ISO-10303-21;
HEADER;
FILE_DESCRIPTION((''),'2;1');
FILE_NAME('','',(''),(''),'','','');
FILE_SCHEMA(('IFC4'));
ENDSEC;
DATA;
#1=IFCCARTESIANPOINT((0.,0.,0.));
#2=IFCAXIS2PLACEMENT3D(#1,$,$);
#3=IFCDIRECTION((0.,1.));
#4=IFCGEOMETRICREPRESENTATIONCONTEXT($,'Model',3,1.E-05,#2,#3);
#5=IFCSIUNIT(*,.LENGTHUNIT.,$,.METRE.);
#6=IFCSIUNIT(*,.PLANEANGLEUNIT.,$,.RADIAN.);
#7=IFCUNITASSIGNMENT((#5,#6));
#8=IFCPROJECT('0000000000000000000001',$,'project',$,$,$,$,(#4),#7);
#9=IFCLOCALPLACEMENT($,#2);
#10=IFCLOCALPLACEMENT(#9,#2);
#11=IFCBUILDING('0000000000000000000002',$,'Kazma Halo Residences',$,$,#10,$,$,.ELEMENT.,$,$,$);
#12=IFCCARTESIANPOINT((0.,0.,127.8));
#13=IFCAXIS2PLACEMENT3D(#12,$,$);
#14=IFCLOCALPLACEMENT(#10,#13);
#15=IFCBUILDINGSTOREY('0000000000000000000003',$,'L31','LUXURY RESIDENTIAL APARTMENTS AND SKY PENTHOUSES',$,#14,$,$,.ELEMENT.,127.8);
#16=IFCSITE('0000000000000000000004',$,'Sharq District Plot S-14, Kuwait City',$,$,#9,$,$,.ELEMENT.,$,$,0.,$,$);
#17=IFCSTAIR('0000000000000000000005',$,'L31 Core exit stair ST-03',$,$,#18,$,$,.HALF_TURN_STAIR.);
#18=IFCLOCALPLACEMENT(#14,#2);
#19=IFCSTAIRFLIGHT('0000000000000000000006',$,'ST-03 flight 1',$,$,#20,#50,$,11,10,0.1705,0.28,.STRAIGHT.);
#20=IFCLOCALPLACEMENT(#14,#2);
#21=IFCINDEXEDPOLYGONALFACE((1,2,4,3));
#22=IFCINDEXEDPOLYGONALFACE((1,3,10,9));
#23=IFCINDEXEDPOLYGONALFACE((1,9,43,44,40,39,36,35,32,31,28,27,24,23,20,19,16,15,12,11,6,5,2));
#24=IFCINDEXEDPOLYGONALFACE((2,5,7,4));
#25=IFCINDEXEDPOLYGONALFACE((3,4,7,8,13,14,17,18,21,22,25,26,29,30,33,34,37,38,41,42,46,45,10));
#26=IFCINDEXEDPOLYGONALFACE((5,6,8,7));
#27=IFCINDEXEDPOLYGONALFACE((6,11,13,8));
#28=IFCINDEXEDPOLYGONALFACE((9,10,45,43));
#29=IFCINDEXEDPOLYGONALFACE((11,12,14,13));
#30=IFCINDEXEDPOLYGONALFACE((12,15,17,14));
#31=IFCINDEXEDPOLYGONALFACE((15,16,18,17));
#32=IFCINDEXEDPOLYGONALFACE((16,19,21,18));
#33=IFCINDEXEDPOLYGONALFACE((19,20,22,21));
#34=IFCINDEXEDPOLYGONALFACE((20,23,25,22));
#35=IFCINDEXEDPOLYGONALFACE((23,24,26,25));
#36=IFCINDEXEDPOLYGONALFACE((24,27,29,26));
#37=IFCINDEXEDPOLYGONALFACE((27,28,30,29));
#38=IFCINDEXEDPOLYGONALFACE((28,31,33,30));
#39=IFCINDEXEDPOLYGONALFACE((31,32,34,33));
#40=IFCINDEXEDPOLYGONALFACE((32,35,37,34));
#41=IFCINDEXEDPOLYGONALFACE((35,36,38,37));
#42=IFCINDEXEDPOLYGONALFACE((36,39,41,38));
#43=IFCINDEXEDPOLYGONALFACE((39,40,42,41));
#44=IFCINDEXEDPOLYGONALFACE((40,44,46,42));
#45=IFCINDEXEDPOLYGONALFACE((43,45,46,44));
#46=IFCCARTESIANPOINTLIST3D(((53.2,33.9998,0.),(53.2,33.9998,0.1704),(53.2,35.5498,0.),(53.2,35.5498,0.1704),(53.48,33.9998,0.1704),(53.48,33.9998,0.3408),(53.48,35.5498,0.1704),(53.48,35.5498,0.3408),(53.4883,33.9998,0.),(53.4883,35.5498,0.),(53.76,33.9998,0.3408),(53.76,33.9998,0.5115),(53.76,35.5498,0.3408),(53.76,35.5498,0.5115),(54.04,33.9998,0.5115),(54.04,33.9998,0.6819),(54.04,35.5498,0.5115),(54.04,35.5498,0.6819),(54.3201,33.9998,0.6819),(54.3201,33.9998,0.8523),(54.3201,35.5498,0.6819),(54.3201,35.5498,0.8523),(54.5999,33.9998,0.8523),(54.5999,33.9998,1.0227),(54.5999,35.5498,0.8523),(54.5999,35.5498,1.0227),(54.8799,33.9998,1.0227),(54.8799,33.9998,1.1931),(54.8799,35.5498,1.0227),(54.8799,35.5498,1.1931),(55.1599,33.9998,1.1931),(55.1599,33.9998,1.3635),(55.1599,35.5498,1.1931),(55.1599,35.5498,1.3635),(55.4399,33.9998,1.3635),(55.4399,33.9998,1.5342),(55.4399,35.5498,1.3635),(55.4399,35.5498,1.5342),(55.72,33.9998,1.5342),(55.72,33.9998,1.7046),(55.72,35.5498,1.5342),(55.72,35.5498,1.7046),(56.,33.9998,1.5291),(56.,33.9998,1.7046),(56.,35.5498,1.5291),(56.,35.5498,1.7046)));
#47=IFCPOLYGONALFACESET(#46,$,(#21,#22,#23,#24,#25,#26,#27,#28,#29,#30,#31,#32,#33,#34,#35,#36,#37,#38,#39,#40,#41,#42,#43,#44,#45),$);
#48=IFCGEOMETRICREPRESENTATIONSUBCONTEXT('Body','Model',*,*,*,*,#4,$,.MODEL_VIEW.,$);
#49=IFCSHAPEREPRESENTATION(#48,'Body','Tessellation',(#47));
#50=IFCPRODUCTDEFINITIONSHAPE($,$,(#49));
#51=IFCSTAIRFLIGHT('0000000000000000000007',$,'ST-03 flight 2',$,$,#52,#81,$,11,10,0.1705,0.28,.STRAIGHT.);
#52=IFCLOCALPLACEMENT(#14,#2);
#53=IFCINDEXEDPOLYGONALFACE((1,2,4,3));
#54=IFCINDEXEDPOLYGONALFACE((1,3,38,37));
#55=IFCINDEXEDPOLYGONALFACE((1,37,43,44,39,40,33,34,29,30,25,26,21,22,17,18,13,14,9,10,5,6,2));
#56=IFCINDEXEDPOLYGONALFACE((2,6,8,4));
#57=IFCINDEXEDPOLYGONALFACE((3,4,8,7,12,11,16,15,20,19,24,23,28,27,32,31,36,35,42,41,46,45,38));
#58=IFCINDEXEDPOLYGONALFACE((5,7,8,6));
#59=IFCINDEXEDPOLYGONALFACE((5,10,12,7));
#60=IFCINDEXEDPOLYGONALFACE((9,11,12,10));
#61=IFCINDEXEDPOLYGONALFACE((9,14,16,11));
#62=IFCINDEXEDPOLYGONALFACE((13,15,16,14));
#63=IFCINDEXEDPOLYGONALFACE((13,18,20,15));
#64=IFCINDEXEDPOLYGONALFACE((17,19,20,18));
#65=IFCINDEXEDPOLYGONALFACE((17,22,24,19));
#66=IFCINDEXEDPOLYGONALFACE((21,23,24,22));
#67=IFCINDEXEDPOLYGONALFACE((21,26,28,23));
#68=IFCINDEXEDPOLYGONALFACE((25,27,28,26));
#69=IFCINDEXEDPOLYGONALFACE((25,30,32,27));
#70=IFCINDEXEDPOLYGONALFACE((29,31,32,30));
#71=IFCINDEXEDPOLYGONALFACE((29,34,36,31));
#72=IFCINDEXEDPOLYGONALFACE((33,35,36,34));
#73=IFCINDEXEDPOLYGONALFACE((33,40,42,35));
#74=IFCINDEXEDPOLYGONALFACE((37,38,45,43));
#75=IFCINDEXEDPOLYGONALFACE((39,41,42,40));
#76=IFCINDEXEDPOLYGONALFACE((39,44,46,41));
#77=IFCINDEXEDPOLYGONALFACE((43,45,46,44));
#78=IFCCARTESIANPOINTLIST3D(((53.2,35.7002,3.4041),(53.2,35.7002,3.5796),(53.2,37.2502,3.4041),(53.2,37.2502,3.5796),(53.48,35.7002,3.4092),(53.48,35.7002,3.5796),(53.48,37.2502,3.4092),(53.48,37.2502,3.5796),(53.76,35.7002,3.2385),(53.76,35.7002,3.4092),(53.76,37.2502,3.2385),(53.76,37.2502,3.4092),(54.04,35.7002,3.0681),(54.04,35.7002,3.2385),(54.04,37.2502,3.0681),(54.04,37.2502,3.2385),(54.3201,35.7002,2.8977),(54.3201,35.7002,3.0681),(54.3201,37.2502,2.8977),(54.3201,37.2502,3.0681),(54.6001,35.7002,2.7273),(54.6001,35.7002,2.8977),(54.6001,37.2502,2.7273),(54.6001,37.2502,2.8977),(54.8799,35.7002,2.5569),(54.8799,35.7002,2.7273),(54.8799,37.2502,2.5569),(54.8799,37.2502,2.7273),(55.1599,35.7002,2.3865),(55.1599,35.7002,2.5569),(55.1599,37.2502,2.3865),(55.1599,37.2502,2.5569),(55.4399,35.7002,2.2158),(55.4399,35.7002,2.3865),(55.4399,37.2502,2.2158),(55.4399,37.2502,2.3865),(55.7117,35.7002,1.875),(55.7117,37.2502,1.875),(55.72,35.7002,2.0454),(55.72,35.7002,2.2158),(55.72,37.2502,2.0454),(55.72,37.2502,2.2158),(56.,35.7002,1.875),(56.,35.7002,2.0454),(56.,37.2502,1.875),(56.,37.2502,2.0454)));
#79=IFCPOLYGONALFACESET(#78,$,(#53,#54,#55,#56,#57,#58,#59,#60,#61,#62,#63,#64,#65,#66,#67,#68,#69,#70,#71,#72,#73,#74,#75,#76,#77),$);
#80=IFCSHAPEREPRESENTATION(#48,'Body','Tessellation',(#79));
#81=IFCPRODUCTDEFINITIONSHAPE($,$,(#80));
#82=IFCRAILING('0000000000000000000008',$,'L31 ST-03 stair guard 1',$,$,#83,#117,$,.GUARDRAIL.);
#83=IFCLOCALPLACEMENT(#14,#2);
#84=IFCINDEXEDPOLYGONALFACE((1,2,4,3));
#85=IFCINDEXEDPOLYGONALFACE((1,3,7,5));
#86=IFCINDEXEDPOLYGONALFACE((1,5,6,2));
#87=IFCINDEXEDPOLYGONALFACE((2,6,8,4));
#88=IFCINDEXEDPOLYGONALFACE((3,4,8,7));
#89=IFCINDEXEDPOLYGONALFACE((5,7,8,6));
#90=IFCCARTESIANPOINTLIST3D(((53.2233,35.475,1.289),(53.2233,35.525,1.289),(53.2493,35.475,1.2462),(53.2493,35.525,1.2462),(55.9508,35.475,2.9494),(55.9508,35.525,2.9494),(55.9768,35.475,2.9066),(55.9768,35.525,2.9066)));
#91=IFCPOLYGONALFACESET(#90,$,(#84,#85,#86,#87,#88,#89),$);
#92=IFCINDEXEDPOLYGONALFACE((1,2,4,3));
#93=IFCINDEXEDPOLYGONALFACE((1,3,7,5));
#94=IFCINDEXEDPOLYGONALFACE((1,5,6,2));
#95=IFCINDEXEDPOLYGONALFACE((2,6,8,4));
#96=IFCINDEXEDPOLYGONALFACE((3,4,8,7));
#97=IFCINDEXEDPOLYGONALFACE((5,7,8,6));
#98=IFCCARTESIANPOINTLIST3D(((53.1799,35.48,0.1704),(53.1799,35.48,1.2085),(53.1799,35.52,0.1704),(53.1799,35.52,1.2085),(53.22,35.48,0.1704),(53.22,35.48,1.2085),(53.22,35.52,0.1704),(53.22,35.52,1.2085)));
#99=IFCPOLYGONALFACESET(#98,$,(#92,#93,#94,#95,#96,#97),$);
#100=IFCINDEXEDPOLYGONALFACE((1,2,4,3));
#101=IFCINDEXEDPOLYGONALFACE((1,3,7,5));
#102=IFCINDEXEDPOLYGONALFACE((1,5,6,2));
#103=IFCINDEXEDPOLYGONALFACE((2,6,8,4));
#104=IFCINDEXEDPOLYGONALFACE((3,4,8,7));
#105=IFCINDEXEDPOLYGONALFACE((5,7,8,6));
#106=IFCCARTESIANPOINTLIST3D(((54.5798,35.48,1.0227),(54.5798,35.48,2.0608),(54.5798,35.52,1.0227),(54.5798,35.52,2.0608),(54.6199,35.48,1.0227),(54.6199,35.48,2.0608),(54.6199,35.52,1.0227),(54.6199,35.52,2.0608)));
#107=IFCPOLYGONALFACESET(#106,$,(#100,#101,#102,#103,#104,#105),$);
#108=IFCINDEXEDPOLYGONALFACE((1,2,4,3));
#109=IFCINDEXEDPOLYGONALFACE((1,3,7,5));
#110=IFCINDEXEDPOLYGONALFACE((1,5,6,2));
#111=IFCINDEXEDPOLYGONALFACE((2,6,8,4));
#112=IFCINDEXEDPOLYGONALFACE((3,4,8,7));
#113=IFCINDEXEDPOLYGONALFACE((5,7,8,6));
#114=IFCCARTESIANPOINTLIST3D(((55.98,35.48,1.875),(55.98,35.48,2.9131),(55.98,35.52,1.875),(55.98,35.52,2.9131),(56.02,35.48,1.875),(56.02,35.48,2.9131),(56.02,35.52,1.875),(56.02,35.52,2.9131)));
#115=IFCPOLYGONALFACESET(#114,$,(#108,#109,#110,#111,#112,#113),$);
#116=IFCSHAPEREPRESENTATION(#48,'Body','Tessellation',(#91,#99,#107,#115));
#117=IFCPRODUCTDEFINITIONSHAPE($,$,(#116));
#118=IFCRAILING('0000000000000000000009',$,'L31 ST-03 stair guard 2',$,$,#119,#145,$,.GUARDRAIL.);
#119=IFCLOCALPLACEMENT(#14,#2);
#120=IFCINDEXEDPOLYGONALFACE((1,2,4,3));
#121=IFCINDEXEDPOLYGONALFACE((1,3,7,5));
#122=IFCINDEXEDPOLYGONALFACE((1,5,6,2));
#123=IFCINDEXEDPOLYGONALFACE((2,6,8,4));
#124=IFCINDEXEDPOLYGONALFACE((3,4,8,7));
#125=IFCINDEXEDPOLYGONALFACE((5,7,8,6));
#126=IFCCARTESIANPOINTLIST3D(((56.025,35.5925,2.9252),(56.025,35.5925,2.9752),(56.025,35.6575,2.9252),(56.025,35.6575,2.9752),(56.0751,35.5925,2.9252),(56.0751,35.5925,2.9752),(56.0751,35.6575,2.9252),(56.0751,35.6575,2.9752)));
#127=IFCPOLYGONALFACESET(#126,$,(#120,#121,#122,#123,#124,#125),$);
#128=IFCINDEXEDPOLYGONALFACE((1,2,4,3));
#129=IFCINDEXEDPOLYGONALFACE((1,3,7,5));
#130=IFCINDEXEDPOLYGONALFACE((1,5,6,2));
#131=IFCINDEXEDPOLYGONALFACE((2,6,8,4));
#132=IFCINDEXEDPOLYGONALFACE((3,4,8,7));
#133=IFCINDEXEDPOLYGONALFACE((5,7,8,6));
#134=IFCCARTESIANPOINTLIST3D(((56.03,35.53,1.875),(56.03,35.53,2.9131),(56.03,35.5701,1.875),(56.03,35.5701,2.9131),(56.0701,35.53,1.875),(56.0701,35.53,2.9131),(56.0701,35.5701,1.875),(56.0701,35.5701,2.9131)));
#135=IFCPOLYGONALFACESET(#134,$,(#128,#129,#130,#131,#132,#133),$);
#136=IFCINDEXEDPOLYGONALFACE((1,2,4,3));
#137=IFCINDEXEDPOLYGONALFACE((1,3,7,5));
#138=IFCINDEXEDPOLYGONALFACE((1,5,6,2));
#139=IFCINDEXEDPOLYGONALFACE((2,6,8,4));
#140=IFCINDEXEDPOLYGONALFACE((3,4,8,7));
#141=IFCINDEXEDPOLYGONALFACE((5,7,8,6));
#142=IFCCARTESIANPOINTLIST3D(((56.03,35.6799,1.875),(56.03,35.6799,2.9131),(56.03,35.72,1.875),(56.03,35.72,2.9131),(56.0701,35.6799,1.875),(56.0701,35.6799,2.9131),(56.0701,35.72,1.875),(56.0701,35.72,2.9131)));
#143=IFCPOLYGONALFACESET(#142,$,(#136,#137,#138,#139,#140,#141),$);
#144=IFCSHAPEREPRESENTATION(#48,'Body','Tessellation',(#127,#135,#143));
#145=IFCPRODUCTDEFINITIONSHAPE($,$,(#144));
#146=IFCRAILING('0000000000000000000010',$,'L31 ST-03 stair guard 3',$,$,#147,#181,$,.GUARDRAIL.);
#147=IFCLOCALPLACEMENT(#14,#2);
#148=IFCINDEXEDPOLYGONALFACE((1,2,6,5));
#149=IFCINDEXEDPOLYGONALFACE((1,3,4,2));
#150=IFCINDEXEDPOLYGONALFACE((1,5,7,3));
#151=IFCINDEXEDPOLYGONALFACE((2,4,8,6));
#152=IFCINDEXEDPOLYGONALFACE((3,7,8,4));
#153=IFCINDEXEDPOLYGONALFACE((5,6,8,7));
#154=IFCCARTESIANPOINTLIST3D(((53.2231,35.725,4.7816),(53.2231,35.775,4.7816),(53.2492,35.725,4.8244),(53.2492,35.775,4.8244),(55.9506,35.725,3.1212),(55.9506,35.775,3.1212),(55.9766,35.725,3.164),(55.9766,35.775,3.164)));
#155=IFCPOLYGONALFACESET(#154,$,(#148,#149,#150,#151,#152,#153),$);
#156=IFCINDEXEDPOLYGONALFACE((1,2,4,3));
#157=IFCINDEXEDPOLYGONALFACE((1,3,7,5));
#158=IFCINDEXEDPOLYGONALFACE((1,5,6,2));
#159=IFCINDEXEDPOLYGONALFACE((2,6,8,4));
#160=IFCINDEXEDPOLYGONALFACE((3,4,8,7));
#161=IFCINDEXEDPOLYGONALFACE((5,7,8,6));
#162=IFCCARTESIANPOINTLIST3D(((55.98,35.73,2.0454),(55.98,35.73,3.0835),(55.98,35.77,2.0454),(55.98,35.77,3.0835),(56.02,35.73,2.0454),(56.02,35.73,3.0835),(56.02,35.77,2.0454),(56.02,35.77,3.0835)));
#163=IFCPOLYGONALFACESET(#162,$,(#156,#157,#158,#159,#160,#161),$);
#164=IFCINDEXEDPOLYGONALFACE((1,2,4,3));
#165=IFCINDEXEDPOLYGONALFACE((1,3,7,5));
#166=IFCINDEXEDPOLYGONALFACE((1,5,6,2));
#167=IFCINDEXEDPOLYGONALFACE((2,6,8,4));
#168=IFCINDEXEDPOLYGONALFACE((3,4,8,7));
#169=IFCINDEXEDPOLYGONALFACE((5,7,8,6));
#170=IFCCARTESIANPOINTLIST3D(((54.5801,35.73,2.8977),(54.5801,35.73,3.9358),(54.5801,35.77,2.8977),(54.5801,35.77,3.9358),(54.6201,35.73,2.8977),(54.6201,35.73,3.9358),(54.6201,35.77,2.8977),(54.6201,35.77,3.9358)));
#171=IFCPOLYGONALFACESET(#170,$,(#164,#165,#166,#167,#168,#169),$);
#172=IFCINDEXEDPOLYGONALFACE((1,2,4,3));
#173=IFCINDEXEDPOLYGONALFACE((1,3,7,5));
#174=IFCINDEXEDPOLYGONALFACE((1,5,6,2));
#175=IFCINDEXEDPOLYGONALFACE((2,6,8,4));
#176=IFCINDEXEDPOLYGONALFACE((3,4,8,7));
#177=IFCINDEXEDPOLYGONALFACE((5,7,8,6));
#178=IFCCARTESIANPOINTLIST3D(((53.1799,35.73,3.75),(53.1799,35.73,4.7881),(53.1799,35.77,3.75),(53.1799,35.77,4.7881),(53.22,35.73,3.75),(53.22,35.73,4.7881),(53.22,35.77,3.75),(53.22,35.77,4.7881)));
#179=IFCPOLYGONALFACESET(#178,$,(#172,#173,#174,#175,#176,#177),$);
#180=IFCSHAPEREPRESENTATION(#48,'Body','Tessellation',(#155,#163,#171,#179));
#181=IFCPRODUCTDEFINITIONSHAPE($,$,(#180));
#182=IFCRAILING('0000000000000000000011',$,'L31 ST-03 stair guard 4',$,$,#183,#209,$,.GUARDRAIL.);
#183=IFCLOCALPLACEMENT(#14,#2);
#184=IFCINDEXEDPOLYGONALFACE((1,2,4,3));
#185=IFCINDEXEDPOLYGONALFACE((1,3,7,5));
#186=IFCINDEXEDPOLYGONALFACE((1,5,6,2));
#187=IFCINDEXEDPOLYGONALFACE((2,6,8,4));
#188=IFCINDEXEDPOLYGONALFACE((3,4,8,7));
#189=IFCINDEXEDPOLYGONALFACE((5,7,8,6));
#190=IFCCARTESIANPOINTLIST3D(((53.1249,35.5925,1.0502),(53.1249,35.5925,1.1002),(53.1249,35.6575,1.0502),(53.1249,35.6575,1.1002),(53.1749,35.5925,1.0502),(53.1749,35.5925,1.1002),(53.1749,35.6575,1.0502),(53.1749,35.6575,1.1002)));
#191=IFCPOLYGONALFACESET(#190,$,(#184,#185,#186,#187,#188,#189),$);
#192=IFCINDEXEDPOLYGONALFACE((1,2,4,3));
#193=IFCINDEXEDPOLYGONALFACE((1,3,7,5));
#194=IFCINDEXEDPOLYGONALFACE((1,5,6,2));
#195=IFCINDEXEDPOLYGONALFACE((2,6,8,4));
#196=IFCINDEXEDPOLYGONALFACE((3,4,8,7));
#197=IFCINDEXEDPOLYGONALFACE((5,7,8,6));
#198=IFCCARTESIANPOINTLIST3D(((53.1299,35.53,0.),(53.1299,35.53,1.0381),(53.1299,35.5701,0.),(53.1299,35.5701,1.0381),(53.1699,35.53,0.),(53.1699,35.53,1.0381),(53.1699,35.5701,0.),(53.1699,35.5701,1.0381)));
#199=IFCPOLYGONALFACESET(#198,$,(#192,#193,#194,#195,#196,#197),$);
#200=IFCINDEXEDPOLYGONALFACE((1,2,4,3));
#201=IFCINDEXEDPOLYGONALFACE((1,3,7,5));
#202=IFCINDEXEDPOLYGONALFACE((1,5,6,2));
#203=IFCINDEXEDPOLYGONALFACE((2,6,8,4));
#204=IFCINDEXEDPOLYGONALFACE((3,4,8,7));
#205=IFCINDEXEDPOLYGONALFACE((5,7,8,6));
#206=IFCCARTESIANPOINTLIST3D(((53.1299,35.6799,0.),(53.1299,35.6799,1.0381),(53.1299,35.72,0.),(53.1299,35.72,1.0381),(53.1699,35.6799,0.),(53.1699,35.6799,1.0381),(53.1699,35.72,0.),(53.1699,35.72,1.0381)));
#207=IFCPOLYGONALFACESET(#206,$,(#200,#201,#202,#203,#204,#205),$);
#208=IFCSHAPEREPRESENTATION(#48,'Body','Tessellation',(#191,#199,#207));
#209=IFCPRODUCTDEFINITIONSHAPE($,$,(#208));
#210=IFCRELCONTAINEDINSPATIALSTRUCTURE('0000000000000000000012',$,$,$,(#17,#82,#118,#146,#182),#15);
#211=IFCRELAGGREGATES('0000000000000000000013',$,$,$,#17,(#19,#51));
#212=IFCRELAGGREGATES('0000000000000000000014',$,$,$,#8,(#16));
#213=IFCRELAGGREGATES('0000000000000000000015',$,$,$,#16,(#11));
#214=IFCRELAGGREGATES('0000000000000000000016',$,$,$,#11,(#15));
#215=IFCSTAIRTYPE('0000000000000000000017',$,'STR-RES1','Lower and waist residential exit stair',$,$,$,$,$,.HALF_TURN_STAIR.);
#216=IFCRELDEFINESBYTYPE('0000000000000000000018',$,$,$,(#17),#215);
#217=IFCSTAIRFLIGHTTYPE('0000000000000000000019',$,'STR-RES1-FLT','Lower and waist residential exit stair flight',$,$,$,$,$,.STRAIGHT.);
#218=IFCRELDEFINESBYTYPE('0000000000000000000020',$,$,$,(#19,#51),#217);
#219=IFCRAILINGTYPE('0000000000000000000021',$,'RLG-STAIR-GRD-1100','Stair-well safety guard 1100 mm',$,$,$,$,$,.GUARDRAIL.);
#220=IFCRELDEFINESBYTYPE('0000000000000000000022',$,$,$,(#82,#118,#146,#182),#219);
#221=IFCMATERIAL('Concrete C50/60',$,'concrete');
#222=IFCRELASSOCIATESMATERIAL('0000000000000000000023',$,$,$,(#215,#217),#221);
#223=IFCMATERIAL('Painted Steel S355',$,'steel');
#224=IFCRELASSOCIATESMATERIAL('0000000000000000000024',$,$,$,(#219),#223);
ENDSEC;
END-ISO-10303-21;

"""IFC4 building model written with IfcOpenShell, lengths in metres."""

from ifc_helpers import new_model, si_unit, direction, frame, origin, origin_2d, place, context, subcontext, project, spatial, polyline, rectangle, outline, extrude, material, type_object, element, aggregate, save


model = new_model("IFC4")

# Units and contexts
model_context = context("Model", 3, precision=1e-05, world=origin(), true_north=direction((0.0, 1.0)))
body_context = subcontext(model_context, "Body", "Model", "MODEL_VIEW")
ifc_project = project(units=[si_unit("LENGTHUNIT", "METRE"), si_unit("PLANEANGLEUNIT", "RADIAN")], contexts=[model_context])

# Site, building, storey
site_placement = place(None, origin())
site = spatial("IfcSite", under=ifc_project, at=site_placement, Name="Sharq District Plot S-14, Kuwait City", CompositionType="ELEMENT", RefElevation=0.0)
building_placement = place(site_placement, origin())
building = spatial("IfcBuilding", under=site, at=building_placement, Name="Kazma Halo Residences", CompositionType="ELEMENT")
storey_placement = place(building_placement, frame((0.0, 0.0, 127.8)))
storey = spatial("IfcBuildingStorey", under=building, at=storey_placement, Name="L31", Description="LUXURY RESIDENTIAL APARTMENTS AND SKY PENTHOUSES", CompositionType="ELEMENT", Elevation=127.8)

# Shared definitions
ifc_material_1 = material(Name="Concrete C50/60", Category="concrete")

# Stair, stair flights
stair_type = type_object("IfcStairType", Name="STR-RES1", Description="Lower and waist residential exit stair", PredefinedType="HALF_TURN_STAIR", material=ifc_material_1)
stair_placement = place(storey_placement, origin())
stair = element("IfcStair", 1, at=stair_placement, inside=storey, type_object=stair_type, Name="L31 Core exit stair ST-03", PredefinedType="HALF_TURN_STAIR")
stair_flight_type = type_object("IfcStairFlightType", Name="STR-RES1-FLT", Description="Lower and waist residential exit stair flight", PredefinedType="STRAIGHT", material=ifc_material_1)
stair_flight_1_placement = place(storey_placement, frame((53.2, 34.7749, 0.0), z_axis=(0.0, 0.0, 1.0), x_axis=(1.0, 0.0, 0.0)))
stair_flight_1 = element("IfcStairFlight", 2, at=stair_flight_1_placement, type_object=stair_flight_type, Name="ST-03 flight 1", NumberOfRisers=11, NumberOfTreads=10, PredefinedType="STRAIGHT", RiserHeight=0.1705, TreadLength=0.28, context=body_context, shape_type="SweptSolid", body=[
    extrude(outline(polyline([(0.0, 0.0), (0.0, 0.1704), (0.28, 0.1704), (0.28, 0.3408), (0.5601, 0.3408), (0.5601, 0.5115), (0.8401, 0.5115), (0.8401, 0.6819), (1.1201, 0.6819), (1.1201, 0.8523), (1.3999, 0.8523), (1.3999, 1.0227), (1.6799, 1.0227), (1.6799, 1.1931), (1.96, 1.1931), (1.96, 1.3635), (2.24, 1.3635), (2.24, 1.5342), (2.52, 1.5342), (2.52, 1.7046), (2.8, 1.7046), (2.8, 1.875), (2.8, 1.5291), (0.2883, 0.0), (0.0, 0.0)])), frame((0.0, 0.7749, 0.0), z_axis=(0.0, -1.0, 0.0), x_axis=(1.0, 0.0, 0.0)), (0.0, 0.0, 1.0), 1.55),
])
stair_flight_2_placement = place(storey_placement, frame((56.0, 36.4751, 1.875), z_axis=(0.0, 0.0, 1.0), x_axis=(-1.0, 0.0, 0.0)))
stair_flight_2 = element("IfcStairFlight", 3, at=stair_flight_2_placement, type_object=stair_flight_type, Name="ST-03 flight 2", NumberOfRisers=11, NumberOfTreads=10, PredefinedType="STRAIGHT", RiserHeight=0.1705, TreadLength=0.28, context=body_context, shape_type="SweptSolid", body=[
    extrude(outline(polyline([(0.0, 0.0), (0.0, 0.1704), (0.28, 0.1704), (0.28, 0.3408), (0.5601, 0.3408), (0.5601, 0.5115), (0.8401, 0.5115), (0.8401, 0.6819), (1.1201, 0.6819), (1.1201, 0.8523), (1.3999, 0.8523), (1.3999, 1.0227), (1.6799, 1.0227), (1.6799, 1.1931), (1.96, 1.1931), (1.96, 1.3635), (2.24, 1.3635), (2.24, 1.5342), (2.52, 1.5342), (2.52, 1.7046), (2.8, 1.7046), (2.8, 1.875), (2.8, 1.5291), (0.2883, 0.0), (0.0, 0.0)])), frame((0.0, 0.7749, 0.0), z_axis=(0.0, -1.0, 0.0), x_axis=(1.0, 0.0, 0.0)), (0.0, 0.0, 1.0), 1.55),
])
aggregate(stair, [stair_flight_1, stair_flight_2])

# Railings
ifc_material_2 = material(Name="Painted Steel S355", Category="steel")
railing_type_1 = type_object("IfcRailingType", Name="RLG-STAIR-GRD-1100", Description="Stair-well safety guard 1100 mm", PredefinedType="GUARDRAIL", material=ifc_material_2)
railing_1_placement = place(storey_placement, frame((53.2, 35.5, 0.1704)))
element("IfcRailing", 4, at=railing_1_placement, inside=storey, type_object=railing_type_1, Name="L31 ST-03 stair guard 1", PredefinedType="GUARDRAIL", context=body_context, shape_type="SweptSolid", body=[
    extrude(rectangle(XDim=0.05, YDim=0.05, at=origin_2d()), frame((0.0364, 0.0, 1.0972), z_axis=(0.85417, 0.0, 0.519994), x_axis=(0.0, 1.0, 0.0)), (0.0, 0.0, 1.0), 3.1931),
    extrude(rectangle(XDim=0.04, YDim=0.04, at=origin_2d()), origin(), (0.0, 0.0, 1.0), 1.0381),
    extrude(rectangle(XDim=0.04, YDim=0.04, at=origin_2d()), frame((1.3999, 0.0, 0.8523)), (0.0, 0.0, 1.0), 1.0381),
    extrude(rectangle(XDim=0.04, YDim=0.04, at=origin_2d()), frame((2.8, 0.0, 1.7046)), (0.0, 0.0, 1.0), 1.0381),
])
railing_2_placement = place(storey_placement, frame((56.05, 35.55, 1.875)))
element("IfcRailing", 5, at=railing_2_placement, inside=storey, type_object=railing_type_1, Name="L31 ST-03 stair guard 2", PredefinedType="GUARDRAIL", context=body_context, shape_type="SweptSolid", body=[
    extrude(rectangle(XDim=0.05, YDim=0.05, at=origin_2d()), frame((0.0, 0.0425, 1.0752), z_axis=(0.0, 1.0, 0.0), x_axis=(-1.0, 0.0, 0.0)), (0.0, 0.0, 1.0), 0.0649),
    extrude(rectangle(XDim=0.04, YDim=0.04, at=origin_2d()), origin(), (0.0, 0.0, 1.0), 1.0381),
    extrude(rectangle(XDim=0.04, YDim=0.04, at=origin_2d()), frame((0.0, 0.1499, 0.0)), (0.0, 0.0, 1.0), 1.0381),
])
railing_3_placement = place(storey_placement, frame((56.0, 35.75, 2.0454)))
element("IfcRailing", 6, at=railing_3_placement, inside=storey, type_object=railing_type_1, Name="L31 ST-03 stair guard 3", PredefinedType="GUARDRAIL", context=body_context, shape_type="SweptSolid", body=[
    extrude(rectangle(XDim=0.05, YDim=0.05, at=origin_2d()), frame((-0.0364, 0.0, 1.0972), z_axis=(-0.85417, 0.0, 0.519994), x_axis=(0.0, -1.0, 0.0)), (0.0, 0.0, 1.0), 3.1931),
    extrude(rectangle(XDim=0.04, YDim=0.04, at=origin_2d()), origin(), (0.0, 0.0, 1.0), 1.0381),
    extrude(rectangle(XDim=0.04, YDim=0.04, at=origin_2d()), frame((-1.3999, 0.0, 0.8523)), (0.0, 0.0, 1.0), 1.0381),
    extrude(rectangle(XDim=0.04, YDim=0.04, at=origin_2d()), frame((-2.8, 0.0, 1.7046)), (0.0, 0.0, 1.0), 1.0381),
])
railing_4_placement = place(storey_placement, frame((53.1499, 35.55, 0.0)))
element("IfcRailing", 7, at=railing_4_placement, inside=storey, type_object=railing_type_1, Name="L31 ST-03 stair guard 4", PredefinedType="GUARDRAIL", context=body_context, shape_type="SweptSolid", body=[
    extrude(rectangle(XDim=0.05, YDim=0.05, at=origin_2d()), frame((0.0, 0.0425, 1.0752), z_axis=(0.0, 1.0, 0.0), x_axis=(-1.0, 0.0, 0.0)), (0.0, 0.0, 1.0), 0.0649),
    extrude(rectangle(XDim=0.04, YDim=0.04, at=origin_2d()), origin(), (0.0, 0.0, 1.0), 1.0381),
    extrude(rectangle(XDim=0.04, YDim=0.04, at=origin_2d()), frame((0.0, 0.1499, 0.0)), (0.0, 0.0, 1.0), 1.0381),
])

save(model, "model.ifc")
